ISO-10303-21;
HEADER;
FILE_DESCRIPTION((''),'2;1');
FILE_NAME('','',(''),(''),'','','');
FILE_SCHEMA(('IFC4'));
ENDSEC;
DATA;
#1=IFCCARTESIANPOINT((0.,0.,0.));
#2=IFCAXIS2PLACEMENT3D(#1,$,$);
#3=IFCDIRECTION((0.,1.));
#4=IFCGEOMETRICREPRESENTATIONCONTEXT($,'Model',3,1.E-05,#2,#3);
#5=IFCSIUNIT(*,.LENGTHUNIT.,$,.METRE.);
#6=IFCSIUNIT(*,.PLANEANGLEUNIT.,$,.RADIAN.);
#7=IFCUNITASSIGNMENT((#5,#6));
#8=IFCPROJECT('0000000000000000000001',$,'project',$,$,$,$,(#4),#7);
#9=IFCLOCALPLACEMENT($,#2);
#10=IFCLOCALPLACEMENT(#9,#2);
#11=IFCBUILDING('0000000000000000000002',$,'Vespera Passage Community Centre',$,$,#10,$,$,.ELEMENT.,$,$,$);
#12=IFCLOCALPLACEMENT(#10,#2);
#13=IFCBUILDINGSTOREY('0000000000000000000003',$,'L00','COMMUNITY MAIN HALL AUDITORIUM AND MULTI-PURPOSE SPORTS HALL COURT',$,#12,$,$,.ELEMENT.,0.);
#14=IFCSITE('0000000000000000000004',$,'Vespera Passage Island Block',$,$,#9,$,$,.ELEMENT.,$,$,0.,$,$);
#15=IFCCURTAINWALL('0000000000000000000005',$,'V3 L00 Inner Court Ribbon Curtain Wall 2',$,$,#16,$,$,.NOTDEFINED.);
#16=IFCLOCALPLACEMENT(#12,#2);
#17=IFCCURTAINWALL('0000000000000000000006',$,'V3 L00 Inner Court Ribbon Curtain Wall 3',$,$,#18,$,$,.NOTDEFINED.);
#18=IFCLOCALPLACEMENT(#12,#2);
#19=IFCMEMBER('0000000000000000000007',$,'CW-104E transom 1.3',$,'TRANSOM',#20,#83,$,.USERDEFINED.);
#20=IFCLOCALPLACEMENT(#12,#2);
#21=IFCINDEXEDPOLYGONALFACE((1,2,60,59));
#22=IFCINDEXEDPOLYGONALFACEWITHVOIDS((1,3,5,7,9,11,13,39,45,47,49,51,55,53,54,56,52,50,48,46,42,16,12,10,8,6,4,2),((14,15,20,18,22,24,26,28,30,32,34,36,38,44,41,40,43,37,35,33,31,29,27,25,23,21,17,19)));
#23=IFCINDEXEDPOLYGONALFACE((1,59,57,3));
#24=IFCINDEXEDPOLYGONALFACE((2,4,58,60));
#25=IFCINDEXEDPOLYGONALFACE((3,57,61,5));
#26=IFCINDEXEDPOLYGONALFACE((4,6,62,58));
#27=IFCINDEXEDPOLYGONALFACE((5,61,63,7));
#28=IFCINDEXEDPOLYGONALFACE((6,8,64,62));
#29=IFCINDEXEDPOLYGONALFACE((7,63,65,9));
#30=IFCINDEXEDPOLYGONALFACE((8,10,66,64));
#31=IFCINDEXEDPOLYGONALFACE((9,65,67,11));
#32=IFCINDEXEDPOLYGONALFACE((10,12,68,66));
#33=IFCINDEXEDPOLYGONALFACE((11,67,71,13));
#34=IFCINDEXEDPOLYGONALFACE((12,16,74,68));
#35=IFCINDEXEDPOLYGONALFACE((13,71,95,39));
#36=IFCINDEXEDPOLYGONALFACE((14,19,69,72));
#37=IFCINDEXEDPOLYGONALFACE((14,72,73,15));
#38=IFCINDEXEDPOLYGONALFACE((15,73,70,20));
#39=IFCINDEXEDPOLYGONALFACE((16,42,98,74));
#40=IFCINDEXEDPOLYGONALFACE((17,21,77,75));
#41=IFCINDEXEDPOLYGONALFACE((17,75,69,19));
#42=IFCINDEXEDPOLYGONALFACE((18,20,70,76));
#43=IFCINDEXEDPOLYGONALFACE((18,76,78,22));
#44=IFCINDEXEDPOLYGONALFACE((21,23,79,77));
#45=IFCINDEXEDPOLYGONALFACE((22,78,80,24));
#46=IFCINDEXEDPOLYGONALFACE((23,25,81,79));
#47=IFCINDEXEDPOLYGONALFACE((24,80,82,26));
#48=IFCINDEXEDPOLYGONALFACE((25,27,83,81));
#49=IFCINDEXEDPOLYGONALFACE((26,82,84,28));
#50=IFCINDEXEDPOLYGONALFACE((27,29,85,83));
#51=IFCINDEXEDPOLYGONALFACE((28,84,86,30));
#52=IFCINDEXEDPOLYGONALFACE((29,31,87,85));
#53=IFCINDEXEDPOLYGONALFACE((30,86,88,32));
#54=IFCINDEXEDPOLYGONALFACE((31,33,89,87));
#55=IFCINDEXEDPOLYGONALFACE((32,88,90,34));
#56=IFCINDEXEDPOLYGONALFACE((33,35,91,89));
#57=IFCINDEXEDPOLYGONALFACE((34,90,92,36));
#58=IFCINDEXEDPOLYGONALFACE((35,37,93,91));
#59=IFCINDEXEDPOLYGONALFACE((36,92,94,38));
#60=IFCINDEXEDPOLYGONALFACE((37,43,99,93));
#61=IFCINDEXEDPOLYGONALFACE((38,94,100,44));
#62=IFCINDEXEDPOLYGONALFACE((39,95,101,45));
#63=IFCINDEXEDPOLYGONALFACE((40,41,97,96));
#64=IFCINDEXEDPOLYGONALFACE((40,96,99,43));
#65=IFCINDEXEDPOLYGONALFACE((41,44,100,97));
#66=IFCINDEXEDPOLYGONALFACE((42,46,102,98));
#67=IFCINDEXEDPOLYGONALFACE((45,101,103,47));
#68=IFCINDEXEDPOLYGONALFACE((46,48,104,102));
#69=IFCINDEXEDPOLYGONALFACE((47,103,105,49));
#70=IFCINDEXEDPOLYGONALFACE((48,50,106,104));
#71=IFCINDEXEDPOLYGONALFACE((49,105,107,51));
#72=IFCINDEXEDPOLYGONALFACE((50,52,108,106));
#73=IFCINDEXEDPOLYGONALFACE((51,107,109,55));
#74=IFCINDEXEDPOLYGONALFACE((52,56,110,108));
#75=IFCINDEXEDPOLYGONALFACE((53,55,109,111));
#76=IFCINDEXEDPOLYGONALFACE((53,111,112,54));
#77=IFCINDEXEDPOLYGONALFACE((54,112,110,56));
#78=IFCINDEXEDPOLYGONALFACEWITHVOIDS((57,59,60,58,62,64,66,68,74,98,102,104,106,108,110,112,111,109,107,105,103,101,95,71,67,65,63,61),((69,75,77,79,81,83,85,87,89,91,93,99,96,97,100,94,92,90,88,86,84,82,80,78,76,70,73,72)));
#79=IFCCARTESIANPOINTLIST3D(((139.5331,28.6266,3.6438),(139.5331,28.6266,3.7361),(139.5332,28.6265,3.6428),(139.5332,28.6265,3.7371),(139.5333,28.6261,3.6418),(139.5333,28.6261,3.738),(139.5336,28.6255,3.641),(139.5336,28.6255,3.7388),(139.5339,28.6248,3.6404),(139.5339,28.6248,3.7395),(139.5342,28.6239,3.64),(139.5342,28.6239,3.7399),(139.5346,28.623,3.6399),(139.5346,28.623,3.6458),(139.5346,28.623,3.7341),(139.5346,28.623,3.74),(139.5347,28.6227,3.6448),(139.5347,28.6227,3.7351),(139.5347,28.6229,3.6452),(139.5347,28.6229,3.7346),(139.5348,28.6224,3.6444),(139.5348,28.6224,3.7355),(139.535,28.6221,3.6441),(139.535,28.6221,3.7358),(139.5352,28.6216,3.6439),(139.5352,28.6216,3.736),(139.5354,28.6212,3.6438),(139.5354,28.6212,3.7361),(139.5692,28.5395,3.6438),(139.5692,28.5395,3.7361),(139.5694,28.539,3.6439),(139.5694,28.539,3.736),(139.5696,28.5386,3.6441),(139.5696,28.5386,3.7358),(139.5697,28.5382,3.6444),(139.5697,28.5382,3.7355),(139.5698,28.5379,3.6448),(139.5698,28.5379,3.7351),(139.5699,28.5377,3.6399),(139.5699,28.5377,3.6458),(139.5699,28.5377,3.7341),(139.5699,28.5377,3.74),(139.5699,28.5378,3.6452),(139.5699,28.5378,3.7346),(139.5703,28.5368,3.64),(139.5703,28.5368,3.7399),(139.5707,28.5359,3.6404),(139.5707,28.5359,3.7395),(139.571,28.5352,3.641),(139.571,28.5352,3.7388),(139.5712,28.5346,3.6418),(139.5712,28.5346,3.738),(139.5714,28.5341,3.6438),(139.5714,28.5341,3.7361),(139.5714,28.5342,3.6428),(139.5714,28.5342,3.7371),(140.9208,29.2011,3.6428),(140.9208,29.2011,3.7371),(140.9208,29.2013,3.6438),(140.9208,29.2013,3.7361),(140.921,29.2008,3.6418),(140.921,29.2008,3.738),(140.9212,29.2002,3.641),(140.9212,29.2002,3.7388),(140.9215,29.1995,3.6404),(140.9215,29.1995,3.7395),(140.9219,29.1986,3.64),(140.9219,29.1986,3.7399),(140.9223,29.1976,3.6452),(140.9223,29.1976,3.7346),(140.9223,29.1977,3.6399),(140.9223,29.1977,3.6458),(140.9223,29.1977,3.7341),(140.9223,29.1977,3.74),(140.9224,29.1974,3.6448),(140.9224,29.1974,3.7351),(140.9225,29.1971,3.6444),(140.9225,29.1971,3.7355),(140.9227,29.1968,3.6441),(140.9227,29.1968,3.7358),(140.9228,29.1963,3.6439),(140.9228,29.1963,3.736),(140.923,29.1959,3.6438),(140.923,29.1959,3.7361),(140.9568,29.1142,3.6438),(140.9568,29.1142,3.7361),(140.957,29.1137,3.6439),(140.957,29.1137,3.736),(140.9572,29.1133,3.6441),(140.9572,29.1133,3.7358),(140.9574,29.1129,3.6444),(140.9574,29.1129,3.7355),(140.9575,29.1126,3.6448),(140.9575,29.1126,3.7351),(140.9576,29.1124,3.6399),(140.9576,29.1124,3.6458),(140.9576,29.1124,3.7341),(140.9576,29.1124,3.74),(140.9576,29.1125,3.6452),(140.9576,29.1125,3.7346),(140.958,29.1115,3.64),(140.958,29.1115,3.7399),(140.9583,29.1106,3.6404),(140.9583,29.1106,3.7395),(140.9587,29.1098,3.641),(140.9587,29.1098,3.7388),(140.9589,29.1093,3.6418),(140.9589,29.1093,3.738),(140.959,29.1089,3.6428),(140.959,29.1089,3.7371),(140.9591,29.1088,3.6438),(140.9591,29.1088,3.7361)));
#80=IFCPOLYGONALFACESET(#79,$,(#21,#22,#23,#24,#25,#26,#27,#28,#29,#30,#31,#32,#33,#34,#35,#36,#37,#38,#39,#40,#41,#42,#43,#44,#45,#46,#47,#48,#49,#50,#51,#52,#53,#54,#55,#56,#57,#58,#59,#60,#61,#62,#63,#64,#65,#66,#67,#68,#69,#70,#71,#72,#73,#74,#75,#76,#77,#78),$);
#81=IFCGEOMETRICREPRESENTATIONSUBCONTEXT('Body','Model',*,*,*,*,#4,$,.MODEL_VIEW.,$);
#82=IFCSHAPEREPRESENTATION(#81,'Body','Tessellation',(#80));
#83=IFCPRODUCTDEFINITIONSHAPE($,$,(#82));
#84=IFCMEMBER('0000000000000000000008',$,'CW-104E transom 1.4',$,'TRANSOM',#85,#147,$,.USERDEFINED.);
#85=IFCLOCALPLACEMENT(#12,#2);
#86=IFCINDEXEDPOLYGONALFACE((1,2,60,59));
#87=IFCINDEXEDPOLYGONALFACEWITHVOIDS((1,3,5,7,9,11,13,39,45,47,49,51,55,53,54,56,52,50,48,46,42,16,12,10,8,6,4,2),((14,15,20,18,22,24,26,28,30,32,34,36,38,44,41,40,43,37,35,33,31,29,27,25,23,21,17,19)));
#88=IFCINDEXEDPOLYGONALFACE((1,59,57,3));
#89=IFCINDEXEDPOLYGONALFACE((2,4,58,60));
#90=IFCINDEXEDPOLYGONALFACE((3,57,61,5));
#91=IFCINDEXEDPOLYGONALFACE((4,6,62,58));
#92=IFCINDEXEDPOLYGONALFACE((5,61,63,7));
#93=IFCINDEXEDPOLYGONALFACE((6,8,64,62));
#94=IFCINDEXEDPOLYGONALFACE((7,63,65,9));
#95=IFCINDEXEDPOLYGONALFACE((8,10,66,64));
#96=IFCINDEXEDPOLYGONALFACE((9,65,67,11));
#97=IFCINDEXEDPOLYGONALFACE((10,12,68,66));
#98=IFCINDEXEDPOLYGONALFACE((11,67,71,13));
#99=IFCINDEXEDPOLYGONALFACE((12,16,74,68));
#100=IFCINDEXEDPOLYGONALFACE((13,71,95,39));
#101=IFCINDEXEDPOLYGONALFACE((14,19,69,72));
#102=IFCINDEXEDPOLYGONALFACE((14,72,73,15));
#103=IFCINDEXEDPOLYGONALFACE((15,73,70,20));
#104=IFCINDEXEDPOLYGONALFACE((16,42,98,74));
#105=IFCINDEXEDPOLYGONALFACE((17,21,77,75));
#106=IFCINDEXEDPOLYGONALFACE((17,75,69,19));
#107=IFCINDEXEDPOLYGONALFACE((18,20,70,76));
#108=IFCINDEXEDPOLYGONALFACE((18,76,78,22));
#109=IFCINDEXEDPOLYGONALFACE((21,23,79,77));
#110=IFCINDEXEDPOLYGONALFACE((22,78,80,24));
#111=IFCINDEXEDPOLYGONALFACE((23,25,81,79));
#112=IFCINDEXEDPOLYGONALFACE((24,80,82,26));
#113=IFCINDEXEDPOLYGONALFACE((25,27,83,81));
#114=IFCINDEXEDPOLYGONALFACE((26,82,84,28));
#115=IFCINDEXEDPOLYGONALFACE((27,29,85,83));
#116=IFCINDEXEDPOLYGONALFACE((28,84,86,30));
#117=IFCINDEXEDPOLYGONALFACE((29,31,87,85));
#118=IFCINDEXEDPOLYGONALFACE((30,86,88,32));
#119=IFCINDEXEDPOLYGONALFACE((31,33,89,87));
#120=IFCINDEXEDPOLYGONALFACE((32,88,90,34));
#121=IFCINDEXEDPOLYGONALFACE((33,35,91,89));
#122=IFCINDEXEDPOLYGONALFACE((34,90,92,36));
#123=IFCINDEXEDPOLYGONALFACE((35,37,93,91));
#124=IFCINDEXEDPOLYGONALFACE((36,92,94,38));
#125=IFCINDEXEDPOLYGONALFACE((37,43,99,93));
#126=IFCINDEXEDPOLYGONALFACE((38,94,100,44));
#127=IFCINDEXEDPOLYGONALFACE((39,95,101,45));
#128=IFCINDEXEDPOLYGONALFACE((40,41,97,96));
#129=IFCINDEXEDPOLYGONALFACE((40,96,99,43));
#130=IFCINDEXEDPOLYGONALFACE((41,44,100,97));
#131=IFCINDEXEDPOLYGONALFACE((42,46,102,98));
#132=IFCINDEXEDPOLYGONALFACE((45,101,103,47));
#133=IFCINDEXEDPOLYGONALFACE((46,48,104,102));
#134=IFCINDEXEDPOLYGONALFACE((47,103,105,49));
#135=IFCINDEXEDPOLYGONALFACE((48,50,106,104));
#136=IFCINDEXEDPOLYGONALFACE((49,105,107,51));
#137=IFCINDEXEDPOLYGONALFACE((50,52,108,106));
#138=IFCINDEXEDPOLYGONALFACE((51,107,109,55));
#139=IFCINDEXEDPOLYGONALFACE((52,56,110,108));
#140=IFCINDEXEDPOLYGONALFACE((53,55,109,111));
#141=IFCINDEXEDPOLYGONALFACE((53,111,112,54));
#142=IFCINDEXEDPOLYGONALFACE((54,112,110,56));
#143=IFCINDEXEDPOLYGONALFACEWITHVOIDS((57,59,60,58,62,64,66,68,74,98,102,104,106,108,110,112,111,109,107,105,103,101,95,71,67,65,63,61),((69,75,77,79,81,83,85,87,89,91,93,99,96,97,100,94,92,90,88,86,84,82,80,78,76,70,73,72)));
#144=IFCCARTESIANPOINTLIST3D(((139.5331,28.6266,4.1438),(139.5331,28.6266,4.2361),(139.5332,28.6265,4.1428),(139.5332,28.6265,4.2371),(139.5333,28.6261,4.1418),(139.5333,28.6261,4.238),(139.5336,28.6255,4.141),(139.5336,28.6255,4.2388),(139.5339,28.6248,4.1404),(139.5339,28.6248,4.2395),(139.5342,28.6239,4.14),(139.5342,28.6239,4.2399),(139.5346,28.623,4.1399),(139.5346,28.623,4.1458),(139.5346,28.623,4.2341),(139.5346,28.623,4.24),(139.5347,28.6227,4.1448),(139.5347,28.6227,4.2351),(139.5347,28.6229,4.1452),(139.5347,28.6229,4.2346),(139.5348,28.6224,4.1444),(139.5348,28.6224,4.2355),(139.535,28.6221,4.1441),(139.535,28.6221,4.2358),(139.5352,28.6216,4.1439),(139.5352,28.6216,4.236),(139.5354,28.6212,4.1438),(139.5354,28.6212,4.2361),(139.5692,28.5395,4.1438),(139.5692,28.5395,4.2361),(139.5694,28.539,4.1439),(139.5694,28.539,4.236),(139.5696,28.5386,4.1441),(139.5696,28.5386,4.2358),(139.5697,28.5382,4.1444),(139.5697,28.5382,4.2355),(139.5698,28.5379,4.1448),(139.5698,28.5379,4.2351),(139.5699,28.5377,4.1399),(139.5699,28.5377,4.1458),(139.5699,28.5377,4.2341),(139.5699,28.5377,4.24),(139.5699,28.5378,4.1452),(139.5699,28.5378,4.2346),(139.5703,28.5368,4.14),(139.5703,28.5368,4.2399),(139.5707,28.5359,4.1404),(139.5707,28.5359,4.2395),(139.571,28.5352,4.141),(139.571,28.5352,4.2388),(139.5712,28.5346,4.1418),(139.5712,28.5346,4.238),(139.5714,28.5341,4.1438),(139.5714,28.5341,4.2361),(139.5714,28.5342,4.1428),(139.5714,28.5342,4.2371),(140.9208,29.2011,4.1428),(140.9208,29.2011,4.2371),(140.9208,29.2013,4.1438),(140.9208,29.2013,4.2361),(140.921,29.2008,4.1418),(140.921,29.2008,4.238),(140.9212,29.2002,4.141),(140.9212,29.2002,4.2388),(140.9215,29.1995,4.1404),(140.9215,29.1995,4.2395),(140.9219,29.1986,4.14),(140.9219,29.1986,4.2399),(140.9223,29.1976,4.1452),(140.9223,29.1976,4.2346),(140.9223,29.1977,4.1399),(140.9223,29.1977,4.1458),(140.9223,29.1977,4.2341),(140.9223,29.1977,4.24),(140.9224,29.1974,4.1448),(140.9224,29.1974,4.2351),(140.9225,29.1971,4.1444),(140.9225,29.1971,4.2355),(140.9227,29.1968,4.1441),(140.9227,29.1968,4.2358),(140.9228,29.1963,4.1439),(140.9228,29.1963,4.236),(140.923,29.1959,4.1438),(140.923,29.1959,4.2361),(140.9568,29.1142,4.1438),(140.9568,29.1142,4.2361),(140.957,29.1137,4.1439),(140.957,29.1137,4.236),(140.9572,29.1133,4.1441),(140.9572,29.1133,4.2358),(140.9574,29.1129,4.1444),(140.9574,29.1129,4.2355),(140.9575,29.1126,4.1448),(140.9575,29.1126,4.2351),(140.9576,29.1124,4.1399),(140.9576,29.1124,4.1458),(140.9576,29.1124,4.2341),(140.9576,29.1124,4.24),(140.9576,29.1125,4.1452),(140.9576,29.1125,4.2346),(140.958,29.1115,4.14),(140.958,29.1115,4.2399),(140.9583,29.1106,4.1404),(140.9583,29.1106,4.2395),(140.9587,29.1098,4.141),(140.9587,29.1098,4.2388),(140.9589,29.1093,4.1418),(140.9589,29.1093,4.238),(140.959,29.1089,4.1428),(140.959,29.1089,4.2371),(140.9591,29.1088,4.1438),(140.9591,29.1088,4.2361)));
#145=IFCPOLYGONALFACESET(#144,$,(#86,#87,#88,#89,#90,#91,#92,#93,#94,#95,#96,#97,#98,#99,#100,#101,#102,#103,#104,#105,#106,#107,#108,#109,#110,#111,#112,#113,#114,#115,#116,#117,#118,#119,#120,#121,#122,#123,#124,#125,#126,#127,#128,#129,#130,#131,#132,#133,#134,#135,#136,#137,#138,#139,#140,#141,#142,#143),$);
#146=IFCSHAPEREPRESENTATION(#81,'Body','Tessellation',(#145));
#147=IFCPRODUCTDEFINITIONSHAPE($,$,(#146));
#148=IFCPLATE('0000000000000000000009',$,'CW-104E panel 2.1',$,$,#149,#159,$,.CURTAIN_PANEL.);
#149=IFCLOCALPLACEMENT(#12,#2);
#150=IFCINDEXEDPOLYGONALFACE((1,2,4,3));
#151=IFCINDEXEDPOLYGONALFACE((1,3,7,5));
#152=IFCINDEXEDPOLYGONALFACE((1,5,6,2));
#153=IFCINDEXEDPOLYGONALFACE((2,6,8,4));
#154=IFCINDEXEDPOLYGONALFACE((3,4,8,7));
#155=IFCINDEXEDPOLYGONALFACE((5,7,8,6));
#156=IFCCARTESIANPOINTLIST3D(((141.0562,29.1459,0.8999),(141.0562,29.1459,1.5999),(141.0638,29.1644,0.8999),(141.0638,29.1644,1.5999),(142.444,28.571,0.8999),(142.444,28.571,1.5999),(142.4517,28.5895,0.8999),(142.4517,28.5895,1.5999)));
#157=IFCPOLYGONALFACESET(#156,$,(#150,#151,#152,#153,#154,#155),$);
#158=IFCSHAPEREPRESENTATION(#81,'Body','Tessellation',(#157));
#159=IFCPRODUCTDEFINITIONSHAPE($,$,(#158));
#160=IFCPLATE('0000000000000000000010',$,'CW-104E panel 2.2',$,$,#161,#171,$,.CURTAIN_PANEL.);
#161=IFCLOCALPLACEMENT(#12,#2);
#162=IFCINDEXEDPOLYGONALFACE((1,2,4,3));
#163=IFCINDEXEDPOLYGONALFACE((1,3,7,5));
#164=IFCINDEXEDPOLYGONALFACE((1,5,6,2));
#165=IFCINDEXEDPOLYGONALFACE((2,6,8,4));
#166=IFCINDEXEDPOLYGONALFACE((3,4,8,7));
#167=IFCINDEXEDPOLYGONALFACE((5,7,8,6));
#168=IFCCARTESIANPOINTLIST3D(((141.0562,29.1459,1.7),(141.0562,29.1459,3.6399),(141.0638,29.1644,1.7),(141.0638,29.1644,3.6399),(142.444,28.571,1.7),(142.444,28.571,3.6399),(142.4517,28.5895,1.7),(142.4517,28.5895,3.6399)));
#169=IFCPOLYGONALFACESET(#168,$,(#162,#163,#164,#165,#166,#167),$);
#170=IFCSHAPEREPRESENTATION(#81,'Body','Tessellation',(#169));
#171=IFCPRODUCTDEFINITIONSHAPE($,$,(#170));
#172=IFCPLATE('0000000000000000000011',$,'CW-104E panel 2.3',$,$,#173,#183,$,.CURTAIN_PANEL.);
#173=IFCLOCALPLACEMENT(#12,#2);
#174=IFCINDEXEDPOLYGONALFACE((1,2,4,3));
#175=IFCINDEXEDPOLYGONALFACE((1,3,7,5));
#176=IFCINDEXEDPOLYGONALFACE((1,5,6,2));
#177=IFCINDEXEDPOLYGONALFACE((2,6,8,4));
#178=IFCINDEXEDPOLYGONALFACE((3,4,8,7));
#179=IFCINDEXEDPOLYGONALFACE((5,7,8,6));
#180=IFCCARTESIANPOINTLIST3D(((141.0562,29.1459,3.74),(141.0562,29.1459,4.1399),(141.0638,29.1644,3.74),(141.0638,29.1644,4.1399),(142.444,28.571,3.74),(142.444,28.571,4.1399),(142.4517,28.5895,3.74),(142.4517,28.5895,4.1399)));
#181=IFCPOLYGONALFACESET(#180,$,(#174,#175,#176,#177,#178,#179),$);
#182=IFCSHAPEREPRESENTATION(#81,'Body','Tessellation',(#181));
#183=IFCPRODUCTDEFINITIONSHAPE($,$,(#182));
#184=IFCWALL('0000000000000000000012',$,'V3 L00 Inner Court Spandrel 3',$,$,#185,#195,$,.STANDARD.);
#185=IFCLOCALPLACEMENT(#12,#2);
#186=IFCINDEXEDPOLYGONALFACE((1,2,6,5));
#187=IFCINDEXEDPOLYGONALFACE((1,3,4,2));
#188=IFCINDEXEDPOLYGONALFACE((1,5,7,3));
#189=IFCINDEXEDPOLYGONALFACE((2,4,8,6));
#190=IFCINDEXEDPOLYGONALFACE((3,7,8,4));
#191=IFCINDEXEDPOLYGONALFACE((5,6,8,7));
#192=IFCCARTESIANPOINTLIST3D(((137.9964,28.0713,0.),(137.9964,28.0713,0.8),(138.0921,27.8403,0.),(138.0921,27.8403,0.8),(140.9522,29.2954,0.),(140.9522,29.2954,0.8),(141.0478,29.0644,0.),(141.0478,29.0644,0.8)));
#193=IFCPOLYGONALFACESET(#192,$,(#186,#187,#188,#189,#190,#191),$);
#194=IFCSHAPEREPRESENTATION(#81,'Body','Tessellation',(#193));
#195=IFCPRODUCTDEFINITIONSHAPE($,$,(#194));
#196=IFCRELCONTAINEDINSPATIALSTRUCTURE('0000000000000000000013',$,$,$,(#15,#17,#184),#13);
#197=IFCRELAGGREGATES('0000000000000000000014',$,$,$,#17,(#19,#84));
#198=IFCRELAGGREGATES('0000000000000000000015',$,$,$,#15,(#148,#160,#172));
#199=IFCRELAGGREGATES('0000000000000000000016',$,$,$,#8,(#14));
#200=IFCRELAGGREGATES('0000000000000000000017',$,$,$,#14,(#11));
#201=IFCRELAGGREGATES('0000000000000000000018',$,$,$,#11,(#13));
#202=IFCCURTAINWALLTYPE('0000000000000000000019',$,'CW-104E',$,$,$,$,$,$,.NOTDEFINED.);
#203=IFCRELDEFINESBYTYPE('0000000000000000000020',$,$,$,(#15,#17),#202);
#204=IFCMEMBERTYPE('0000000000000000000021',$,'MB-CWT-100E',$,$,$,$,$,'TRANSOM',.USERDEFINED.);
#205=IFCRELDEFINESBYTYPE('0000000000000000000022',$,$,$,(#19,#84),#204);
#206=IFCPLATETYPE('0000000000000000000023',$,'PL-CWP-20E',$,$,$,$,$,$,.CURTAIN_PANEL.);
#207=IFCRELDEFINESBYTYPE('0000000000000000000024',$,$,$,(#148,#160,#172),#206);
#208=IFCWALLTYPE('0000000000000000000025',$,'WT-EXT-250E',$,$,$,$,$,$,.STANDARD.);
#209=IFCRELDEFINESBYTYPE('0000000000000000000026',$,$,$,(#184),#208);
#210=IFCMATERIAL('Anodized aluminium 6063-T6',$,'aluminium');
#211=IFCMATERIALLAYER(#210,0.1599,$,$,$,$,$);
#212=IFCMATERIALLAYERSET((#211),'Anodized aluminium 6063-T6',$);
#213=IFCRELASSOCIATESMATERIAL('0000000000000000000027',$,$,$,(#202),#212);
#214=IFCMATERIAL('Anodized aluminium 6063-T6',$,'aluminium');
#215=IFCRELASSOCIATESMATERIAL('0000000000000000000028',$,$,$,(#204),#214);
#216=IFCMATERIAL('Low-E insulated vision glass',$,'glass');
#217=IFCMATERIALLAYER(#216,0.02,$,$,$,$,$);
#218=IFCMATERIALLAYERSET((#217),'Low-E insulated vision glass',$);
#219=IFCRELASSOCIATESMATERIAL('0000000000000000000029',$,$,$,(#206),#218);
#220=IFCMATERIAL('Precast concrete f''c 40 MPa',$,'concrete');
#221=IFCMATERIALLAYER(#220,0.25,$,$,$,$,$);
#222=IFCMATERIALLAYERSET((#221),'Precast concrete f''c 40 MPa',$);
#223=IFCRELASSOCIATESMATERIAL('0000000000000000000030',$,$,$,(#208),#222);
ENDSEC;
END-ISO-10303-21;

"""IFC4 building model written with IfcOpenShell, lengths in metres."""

from ifc_helpers import new_model, si_unit, direction, frame, frame_2d, origin, origin_2d, place, context, subcontext, project, spatial, rectangle, hollow_rectangle, extrude, material, layer, layer_set, material_profile, profile_set, type_object, element, aggregate, save


model = new_model("IFC4")

# Units and contexts
model_context = context("Model", 3, precision=1e-05, world=origin(), true_north=direction((0.0, 1.0)))
body_context = subcontext(model_context, "Body", "Model", "MODEL_VIEW")
ifc_project = project(units=[si_unit("LENGTHUNIT", "METRE"), si_unit("PLANEANGLEUNIT", "RADIAN")], contexts=[model_context])

# Site, building, storey
site_placement = place(None, origin())
site = spatial("IfcSite", under=ifc_project, at=site_placement, Name="Vespera Passage Island Block", CompositionType="ELEMENT", RefElevation=0.0)
building_placement = place(site_placement, origin())
building = spatial("IfcBuilding", under=site, at=building_placement, Name="Vespera Passage Community Centre", CompositionType="ELEMENT")
storey_placement = place(building_placement, origin())
storey = spatial("IfcBuildingStorey", under=building, at=storey_placement, Name="L00", Description="COMMUNITY MAIN HALL AUDITORIUM AND MULTI-PURPOSE SPORTS HALL COURT", CompositionType="ELEMENT", Elevation=0.0)

# Curtain walls
ifc_material_1 = material(Name="Anodized aluminium 6063-T6", Category="aluminium")
ifc_layer_1 = layer(ifc_material_1, 0.1599)
ifc_layer_set_1 = layer_set([ifc_layer_1], Name="Anodized aluminium 6063-T6")
curtain_wall_type_1 = type_object("IfcCurtainWallType", Name="CW-104E", PredefinedType="NOTDEFINED", material=ifc_layer_set_1)
curtain_wall_1_placement = place(storey_placement, origin())
curtain_wall_1 = element("IfcCurtainWall", 1, at=curtain_wall_1_placement, inside=storey, type_object=curtain_wall_type_1, Name="V3 L00 Inner Court Ribbon Curtain Wall 2", PredefinedType="NOTDEFINED")
curtain_wall_2_placement = place(storey_placement, origin())
curtain_wall_2 = element("IfcCurtainWall", 2, at=curtain_wall_2_placement, inside=storey, type_object=curtain_wall_type_1, Name="V3 L00 Inner Court Ribbon Curtain Wall 3", PredefinedType="NOTDEFINED")

# Members
ifc_material_2 = material(Name="Anodized aluminium 6063-T6", Category="aluminium")
ifc_material_profile_1 = material_profile(ifc_material_2, hollow_rectangle(XDim=0.1001, YDim=0.1001, WallThickness=0.0039, InnerFilletRadius=0.002, OuterFilletRadius=0.0039, at=origin_2d()), Name="ALU100X100X4")
ifc_profile_set_1 = profile_set([ifc_material_profile_1], Name="Anodized aluminium 6063-T6")
member_type_1 = type_object("IfcMemberType", Name="MB-CWT-100E", ElementType="TRANSOM", PredefinedType="USERDEFINED", material=ifc_profile_set_1)
member_1_placement = place(storey_placement, frame((140.9399, 29.155, 3.6899), z_axis=(-0.923902, -0.382629, 0.0), x_axis=(0.382629, -0.923902, 0.0)))
member_1 = element("IfcMember", 3, at=member_1_placement, type_object=member_type_1, Name="CW-104E transom 1.3", ObjectType="TRANSOM", PredefinedType="USERDEFINED", context=body_context, shape_type="SweptSolid", body=[
    extrude(hollow_rectangle(XDim=0.1001, YDim=0.1001, WallThickness=0.0039, InnerFilletRadius=0.002, OuterFilletRadius=0.0039, at=origin_2d()), origin(), (0.0, 0.0, 1.0), 1.502),
])
member_2_placement = place(storey_placement, frame((140.9399, 29.155, 4.1899), z_axis=(-0.923902, -0.382629, 0.0), x_axis=(0.382629, -0.923902, 0.0)))
member_2 = element("IfcMember", 4, at=member_2_placement, type_object=member_type_1, Name="CW-104E transom 1.4", ObjectType="TRANSOM", PredefinedType="USERDEFINED", context=body_context, shape_type="SweptSolid", body=[
    extrude(hollow_rectangle(XDim=0.1001, YDim=0.1001, WallThickness=0.0039, InnerFilletRadius=0.002, OuterFilletRadius=0.0039, at=origin_2d()), origin(), (0.0, 0.0, 1.0), 1.502),
])
aggregate(curtain_wall_2, [member_1, member_2])

# Plates
ifc_material_3 = material(Name="Low-E insulated vision glass", Category="glass")
ifc_layer_2 = layer(ifc_material_3, 0.02)
ifc_layer_set_2 = layer_set([ifc_layer_2], Name="Low-E insulated vision glass")
plate_type = type_object("IfcPlateType", Name="PL-CWP-20E", PredefinedType="CURTAIN_PANEL", material=ifc_layer_set_2)
plate_1_placement = place(storey_placement, frame((141.7539, 28.8677, 0.8999), z_axis=(0.0, 0.0, 1.0), x_axis=(-0.923879, 0.382686, 0.0)))
plate_1 = element("IfcPlate", 5, at=plate_1_placement, type_object=plate_type, Name="CW-104E panel 2.1", PredefinedType="CURTAIN_PANEL", context=body_context, shape_type="SweptSolid", body=[
    extrude(rectangle(XDim=1.5022, YDim=0.02, at=origin_2d()), origin(), (0.0, 0.0, 1.0), 0.7),
])
plate_2_placement = place(storey_placement, frame((141.7539, 28.8677, 1.7), z_axis=(0.0, 0.0, 1.0), x_axis=(-0.923879, 0.382686, 0.0)))
plate_2 = element("IfcPlate", 6, at=plate_2_placement, type_object=plate_type, Name="CW-104E panel 2.2", PredefinedType="CURTAIN_PANEL", context=body_context, shape_type="SweptSolid", body=[
    extrude(rectangle(XDim=1.5022, YDim=0.02, at=origin_2d()), origin(), (0.0, 0.0, 1.0), 1.9399),
])
plate_3_placement = place(storey_placement, frame((141.7539, 28.8677, 3.74), z_axis=(0.0, 0.0, 1.0), x_axis=(-0.923879, 0.382686, 0.0)))
plate_3 = element("IfcPlate", 7, at=plate_3_placement, type_object=plate_type, Name="CW-104E panel 2.3", PredefinedType="CURTAIN_PANEL", context=body_context, shape_type="SweptSolid", body=[
    extrude(rectangle(XDim=1.5022, YDim=0.02, at=origin_2d()), origin(), (0.0, 0.0, 1.0), 0.3999),
])
aggregate(curtain_wall_1, [plate_1, plate_2, plate_3])

# Wall
ifc_material_4 = material(Name="Precast concrete f'c 40 MPa", Category="concrete")
ifc_layer_3 = layer(ifc_material_4, 0.25)
ifc_layer_set_3 = layer_set([ifc_layer_3], Name="Precast concrete f'c 40 MPa")
wall_type_1 = type_object("IfcWallType", Name="WT-EXT-250E", PredefinedType="STANDARD", material=ifc_layer_set_3)
wall_1_placement = place(storey_placement, frame((141.0, 29.1799, 0.0), z_axis=(0.0, 0.0, 1.0), x_axis=(-0.923903, -0.382626, 0.0)))
element("IfcWall", 8, at=wall_1_placement, inside=storey, type_object=wall_type_1, Name="V3 L00 Inner Court Spandrel 3", PredefinedType="STANDARD", context=body_context, shape_type="SweptSolid", body=[
    extrude(rectangle(XDim=3.1992, YDim=0.25, at=frame_2d((1.5996, 0.0))), origin(), (0.0, 0.0, 1.0), 0.8),
])

save(model, "model.ifc")
